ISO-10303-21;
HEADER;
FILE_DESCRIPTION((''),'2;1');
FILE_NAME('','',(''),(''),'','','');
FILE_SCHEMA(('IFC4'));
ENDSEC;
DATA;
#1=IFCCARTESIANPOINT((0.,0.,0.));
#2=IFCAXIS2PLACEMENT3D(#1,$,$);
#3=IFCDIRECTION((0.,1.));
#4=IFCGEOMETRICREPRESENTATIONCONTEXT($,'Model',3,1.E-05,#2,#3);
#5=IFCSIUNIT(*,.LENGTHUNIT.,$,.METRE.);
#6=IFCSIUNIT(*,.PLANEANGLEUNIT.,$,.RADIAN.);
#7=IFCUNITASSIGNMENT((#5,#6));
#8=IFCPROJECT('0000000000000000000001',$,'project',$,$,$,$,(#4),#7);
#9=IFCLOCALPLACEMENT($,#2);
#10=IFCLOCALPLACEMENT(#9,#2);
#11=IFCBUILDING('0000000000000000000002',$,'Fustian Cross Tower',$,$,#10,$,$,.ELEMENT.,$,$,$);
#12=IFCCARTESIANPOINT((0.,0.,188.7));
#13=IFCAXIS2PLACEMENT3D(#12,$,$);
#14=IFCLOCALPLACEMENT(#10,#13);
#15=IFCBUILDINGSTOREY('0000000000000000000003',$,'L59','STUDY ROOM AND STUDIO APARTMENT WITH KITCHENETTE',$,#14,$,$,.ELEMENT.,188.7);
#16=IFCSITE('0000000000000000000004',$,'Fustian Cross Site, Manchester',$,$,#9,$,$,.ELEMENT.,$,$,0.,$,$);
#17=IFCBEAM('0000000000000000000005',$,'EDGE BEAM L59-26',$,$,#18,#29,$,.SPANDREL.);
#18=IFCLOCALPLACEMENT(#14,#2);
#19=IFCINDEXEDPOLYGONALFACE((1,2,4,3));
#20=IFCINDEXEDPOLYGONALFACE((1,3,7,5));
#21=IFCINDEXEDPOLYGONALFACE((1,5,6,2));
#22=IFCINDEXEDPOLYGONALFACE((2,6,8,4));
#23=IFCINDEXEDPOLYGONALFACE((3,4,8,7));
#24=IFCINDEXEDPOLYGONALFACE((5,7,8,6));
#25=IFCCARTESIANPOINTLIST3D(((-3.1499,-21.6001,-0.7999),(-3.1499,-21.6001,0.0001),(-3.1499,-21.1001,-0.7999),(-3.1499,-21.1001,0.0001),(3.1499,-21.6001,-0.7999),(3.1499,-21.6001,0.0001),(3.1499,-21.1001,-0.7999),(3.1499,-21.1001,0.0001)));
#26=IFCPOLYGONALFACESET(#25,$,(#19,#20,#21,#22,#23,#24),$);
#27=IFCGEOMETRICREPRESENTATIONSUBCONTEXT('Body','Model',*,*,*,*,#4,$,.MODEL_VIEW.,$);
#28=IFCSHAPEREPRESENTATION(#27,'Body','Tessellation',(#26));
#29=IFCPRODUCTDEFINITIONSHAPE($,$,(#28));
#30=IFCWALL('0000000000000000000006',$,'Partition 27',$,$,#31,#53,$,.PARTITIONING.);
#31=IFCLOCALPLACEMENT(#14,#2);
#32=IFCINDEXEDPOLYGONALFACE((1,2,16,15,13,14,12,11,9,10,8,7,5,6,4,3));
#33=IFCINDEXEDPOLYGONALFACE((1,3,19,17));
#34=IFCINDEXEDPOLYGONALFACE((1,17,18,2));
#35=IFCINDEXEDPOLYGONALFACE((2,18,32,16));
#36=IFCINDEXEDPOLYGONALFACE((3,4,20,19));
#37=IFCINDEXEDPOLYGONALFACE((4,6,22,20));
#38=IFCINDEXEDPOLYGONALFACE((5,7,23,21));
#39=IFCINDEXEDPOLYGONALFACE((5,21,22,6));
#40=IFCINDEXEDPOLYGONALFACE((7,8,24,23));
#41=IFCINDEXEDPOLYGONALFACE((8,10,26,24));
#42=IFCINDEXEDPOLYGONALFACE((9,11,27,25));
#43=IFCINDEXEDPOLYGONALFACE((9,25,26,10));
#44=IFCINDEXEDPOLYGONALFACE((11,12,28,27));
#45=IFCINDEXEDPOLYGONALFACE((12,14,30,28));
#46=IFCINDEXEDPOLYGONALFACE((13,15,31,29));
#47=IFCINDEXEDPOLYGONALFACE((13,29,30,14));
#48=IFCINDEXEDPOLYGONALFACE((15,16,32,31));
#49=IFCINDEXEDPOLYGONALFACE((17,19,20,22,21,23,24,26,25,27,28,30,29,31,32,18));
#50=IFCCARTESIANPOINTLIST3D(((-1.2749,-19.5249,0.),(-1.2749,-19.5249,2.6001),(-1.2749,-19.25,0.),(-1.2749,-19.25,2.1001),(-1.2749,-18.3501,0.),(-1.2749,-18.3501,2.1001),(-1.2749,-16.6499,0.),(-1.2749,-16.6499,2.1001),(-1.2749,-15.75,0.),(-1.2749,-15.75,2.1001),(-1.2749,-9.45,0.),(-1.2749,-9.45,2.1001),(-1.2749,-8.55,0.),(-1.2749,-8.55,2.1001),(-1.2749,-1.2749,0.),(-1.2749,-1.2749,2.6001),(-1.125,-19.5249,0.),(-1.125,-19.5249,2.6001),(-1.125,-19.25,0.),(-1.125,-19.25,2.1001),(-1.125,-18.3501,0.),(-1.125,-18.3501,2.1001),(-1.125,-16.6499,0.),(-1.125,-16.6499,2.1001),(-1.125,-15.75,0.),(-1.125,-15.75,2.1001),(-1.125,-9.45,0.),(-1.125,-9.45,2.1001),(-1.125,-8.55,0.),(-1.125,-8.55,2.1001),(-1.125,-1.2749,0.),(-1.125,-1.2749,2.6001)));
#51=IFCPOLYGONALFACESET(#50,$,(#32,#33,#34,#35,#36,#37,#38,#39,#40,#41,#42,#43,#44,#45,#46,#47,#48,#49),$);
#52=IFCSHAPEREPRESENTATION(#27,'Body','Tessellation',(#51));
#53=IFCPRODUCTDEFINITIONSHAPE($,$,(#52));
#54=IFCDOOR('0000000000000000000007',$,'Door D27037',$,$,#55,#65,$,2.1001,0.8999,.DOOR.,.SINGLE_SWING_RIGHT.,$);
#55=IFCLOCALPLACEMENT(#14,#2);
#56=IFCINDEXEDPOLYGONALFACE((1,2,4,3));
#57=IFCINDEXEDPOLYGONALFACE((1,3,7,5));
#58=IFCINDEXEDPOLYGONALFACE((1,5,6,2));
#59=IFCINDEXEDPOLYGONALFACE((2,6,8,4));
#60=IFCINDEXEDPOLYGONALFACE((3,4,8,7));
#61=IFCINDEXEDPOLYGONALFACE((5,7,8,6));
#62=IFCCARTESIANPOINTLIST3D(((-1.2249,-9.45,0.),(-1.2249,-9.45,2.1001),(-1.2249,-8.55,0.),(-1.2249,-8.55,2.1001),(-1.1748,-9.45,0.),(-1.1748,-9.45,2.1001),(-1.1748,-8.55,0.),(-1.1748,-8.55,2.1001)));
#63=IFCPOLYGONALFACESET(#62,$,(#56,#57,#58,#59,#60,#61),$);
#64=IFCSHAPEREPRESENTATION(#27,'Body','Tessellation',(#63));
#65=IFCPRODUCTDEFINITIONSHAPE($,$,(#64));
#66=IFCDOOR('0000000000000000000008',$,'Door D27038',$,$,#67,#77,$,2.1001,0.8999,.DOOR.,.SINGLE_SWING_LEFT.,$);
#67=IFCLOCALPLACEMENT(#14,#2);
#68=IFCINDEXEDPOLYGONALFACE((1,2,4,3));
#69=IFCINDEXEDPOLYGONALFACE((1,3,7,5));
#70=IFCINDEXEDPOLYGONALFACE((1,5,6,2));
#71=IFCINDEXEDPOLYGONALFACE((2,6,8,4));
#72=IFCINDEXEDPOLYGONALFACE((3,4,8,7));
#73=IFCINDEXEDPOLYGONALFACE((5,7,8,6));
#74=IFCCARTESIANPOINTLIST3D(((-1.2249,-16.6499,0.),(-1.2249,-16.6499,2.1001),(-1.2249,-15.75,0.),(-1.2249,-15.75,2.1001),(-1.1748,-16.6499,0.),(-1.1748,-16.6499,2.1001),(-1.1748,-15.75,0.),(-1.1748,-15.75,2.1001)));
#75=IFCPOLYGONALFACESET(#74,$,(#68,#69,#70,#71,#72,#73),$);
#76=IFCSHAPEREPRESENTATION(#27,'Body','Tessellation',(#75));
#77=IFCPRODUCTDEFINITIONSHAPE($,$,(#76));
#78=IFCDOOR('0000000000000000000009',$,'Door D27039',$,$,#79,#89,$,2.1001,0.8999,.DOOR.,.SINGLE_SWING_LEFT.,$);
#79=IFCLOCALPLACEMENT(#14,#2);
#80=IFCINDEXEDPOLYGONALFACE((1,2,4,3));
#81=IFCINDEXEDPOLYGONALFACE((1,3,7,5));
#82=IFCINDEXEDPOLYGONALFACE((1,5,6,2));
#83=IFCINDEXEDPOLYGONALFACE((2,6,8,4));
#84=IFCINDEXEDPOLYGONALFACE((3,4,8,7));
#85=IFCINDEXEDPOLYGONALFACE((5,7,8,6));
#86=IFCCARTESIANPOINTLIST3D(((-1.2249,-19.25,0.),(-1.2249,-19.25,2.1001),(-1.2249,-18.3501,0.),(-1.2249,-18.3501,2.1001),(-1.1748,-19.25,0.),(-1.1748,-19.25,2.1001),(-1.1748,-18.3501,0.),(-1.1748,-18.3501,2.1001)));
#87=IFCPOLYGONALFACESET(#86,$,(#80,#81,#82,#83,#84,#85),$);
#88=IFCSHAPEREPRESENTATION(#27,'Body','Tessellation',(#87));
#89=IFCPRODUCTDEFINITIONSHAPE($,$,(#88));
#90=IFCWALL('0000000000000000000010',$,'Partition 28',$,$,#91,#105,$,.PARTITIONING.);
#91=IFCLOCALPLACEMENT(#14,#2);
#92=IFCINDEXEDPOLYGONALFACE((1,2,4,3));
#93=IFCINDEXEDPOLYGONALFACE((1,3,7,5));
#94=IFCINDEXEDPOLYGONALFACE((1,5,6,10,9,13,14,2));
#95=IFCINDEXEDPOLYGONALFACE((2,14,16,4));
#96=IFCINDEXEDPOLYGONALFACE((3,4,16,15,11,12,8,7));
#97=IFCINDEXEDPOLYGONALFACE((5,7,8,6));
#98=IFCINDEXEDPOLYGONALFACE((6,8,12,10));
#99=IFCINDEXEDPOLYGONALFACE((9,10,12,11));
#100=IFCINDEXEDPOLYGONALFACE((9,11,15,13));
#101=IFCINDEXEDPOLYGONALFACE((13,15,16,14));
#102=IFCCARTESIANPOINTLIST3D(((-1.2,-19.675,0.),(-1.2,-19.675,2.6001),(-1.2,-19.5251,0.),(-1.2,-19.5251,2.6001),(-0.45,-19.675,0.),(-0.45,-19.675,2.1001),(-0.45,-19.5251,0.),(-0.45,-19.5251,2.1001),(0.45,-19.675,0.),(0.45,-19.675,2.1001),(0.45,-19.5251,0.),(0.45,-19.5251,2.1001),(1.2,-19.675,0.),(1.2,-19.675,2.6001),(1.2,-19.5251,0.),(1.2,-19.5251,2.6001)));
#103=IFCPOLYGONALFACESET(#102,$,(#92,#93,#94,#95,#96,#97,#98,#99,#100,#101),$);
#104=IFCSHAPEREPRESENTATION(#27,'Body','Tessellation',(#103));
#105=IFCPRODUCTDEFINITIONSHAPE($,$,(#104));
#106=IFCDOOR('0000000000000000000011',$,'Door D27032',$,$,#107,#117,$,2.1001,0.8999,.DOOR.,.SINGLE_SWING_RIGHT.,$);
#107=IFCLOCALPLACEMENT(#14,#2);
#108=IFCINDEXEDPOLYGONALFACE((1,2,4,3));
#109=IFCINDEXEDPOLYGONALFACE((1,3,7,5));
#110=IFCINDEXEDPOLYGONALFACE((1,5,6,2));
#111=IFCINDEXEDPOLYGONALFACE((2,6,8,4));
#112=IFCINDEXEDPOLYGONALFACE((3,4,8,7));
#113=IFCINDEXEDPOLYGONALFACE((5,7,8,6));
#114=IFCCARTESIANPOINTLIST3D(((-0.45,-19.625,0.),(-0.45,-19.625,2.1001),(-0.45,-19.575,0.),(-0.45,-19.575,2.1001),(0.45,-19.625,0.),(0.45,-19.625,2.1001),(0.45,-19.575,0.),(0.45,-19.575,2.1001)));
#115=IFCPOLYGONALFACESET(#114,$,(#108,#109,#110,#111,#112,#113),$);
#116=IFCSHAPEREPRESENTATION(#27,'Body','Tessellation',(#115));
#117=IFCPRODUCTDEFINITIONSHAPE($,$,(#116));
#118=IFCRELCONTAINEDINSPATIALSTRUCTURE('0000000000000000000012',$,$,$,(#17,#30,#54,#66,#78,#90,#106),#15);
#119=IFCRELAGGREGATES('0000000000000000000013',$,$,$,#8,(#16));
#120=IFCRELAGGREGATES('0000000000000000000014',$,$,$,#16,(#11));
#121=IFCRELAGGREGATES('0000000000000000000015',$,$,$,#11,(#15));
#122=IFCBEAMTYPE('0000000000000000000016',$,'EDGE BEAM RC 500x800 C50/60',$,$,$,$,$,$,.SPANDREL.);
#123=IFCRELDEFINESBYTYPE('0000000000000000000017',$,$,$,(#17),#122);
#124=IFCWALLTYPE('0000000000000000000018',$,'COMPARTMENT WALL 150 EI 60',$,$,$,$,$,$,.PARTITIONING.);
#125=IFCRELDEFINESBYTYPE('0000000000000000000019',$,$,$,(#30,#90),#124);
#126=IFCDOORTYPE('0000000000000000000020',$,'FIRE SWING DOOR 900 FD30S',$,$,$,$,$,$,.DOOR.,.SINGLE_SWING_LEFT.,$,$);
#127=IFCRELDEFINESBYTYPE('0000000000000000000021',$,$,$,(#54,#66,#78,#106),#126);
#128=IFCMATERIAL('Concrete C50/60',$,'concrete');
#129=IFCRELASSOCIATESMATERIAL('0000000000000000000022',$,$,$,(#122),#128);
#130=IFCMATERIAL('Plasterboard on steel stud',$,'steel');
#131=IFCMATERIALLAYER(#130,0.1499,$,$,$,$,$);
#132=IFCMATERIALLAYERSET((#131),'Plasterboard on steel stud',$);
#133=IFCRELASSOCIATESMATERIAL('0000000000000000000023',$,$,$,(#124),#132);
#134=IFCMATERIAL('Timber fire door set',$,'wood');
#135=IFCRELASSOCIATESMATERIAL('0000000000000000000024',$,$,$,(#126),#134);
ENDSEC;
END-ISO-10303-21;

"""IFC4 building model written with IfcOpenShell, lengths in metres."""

from ifc_helpers import new_model, si_unit, direction, frame, frame_2d, origin, origin_2d, place, context, subcontext, project, spatial, rectangle, extrude, material, layer, layer_set, material_profile, profile_set, type_object, element, fill, save


model = new_model("IFC4")

# Units and contexts
model_context = context("Model", 3, precision=1e-05, world=origin(), true_north=direction((0.0, 1.0)))
body_context = subcontext(model_context, "Body", "Model", "MODEL_VIEW")
ifc_project = project(units=[si_unit("LENGTHUNIT", "METRE"), si_unit("PLANEANGLEUNIT", "RADIAN")], contexts=[model_context])

# Site, building, storey
site_placement = place(None, origin())
site = spatial("IfcSite", under=ifc_project, at=site_placement, Name="Fustian Cross Site, Manchester", CompositionType="ELEMENT", RefElevation=0.0)
building_placement = place(site_placement, origin())
building = spatial("IfcBuilding", under=site, at=building_placement, Name="Fustian Cross Tower", CompositionType="ELEMENT")
storey_placement = place(building_placement, frame((0.0, 0.0, 188.7)))
storey = spatial("IfcBuildingStorey", under=building, at=storey_placement, Name="L59", Description="STUDY ROOM AND STUDIO APARTMENT WITH KITCHENETTE", CompositionType="ELEMENT", Elevation=188.7)

# Beam
ifc_material_1 = material(Name="Concrete C50/60", Category="concrete")
ifc_material_profile = material_profile(ifc_material_1, rectangle(XDim=0.5, YDim=0.8, at=origin_2d()), Name="RC 500x800")
ifc_profile_set = profile_set([ifc_material_profile], Name="Concrete C50/60")
beam_type = type_object("IfcBeamType", Name="EDGE BEAM RC 500x800 C50/60", PredefinedType="SPANDREL", material=ifc_profile_set)
beam_placement = place(storey_placement, frame((-3.1499, -21.3501, -0.3999), z_axis=(1.0, 0.0, 0.0), x_axis=(0.0, 1.0, 0.0)))
element("IfcBeam", 1, at=beam_placement, inside=storey, type_object=beam_type, Name="EDGE BEAM L59-26", PredefinedType="SPANDREL", context=body_context, shape_type="SweptSolid", body=[
    extrude(rectangle(XDim=0.5, YDim=0.8, at=origin_2d()), origin(), (0.0, 0.0, 1.0), 6.2998),
])

# Wall, openings, doors
ifc_material_2 = material(Name="Plasterboard on steel stud", Category="steel")
ifc_layer_1 = layer(ifc_material_2, 0.1499)
ifc_layer_set_1 = layer_set([ifc_layer_1], Name="Plasterboard on steel stud")
wall_type_1 = type_object("IfcWallType", Name="COMPARTMENT WALL 150 EI 60", PredefinedType="PARTITIONING", material=ifc_layer_set_1)
wall_1_placement = place(storey_placement, frame((-1.2, -19.5249, 0.0), z_axis=(0.0, 0.0, 1.0), x_axis=(0.0, 1.0, 0.0)))
wall_1 = element("IfcWall", 2, at=wall_1_placement, inside=storey, type_object=wall_type_1, Name="Partition 27", PredefinedType="PARTITIONING", context=body_context, shape_type="SweptSolid", body=[
    extrude(rectangle(XDim=18.25, YDim=0.1499, at=frame_2d((9.125, 0.0))), origin(), (0.0, 0.0, 1.0), 2.6001),
])
opening_1_placement = place(wall_1_placement, frame((10.075, 0.0, 0.0)))
opening_1 = element("IfcOpeningElement", 3, at=opening_1_placement, cuts=wall_1, PredefinedType="OPENING", context=body_context, shape_type="SweptSolid", body=[
    extrude(rectangle(XDim=0.8999, YDim=2.1001, at=frame_2d((0.45, 1.05))), frame((0.0, 0.085, 0.0), z_axis=(0.0, -1.0, 0.0), x_axis=(1.0, 0.0, 0.0)), (0.0, 0.0, 1.0), 0.1699),
])
opening_2_placement = place(wall_1_placement, frame((2.875, 0.0, 0.0)))
opening_2 = element("IfcOpeningElement", 4, at=opening_2_placement, cuts=wall_1, PredefinedType="OPENING", context=body_context, shape_type="SweptSolid", body=[
    extrude(rectangle(XDim=0.8999, YDim=2.1001, at=frame_2d((0.45, 1.05))), frame((0.0, 0.085, 0.0), z_axis=(0.0, -1.0, 0.0), x_axis=(1.0, 0.0, 0.0)), (0.0, 0.0, 1.0), 0.1699),
])
opening_3_placement = place(wall_1_placement, frame((0.2749, 0.0, 0.0)))
opening_3 = element("IfcOpeningElement", 5, at=opening_3_placement, cuts=wall_1, PredefinedType="OPENING", context=body_context, shape_type="SweptSolid", body=[
    extrude(rectangle(XDim=0.8999, YDim=2.1001, at=frame_2d((0.45, 1.05))), frame((0.0, 0.085, 0.0), z_axis=(0.0, -1.0, 0.0), x_axis=(1.0, 0.0, 0.0)), (0.0, 0.0, 1.0), 0.1699),
])
ifc_material_3 = material(Name="Timber fire door set", Category="wood")
door_type_1 = type_object("IfcDoorType", Name="FIRE SWING DOOR 900 FD30S", OperationType="SINGLE_SWING_LEFT", PredefinedType="DOOR", material=ifc_material_3)
door_1_placement = place(opening_1_placement, origin())
door_1 = element("IfcDoor", 6, at=door_1_placement, inside=storey, type_object=door_type_1, Name="Door D27037", OperationType="SINGLE_SWING_RIGHT", OverallHeight=2.1001, OverallWidth=0.8999, PredefinedType="DOOR", context=body_context, shape_type="SweptSolid", body=[
    extrude(rectangle(XDim=0.8999, YDim=2.1001, at=frame_2d((0.45, 1.05))), frame((0.0, 0.0249, 0.0), z_axis=(0.0, -1.0, 0.0), x_axis=(1.0, 0.0, 0.0)), (0.0, 0.0, 1.0), 0.05),
])
fill(opening_1, door_1)
door_2_placement = place(opening_2_placement, origin())
door_2 = element("IfcDoor", 7, at=door_2_placement, inside=storey, type_object=door_type_1, Name="Door D27038", OperationType="SINGLE_SWING_LEFT", OverallHeight=2.1001, OverallWidth=0.8999, PredefinedType="DOOR", context=body_context, shape_type="SweptSolid", body=[
    extrude(rectangle(XDim=0.8999, YDim=2.1001, at=frame_2d((0.45, 1.05))), frame((0.0, 0.0249, 0.0), z_axis=(0.0, -1.0, 0.0), x_axis=(1.0, 0.0, 0.0)), (0.0, 0.0, 1.0), 0.05),
])
fill(opening_2, door_2)
door_3_placement = place(opening_3_placement, origin())
door_3 = element("IfcDoor", 8, at=door_3_placement, inside=storey, type_object=door_type_1, Name="Door D27039", OperationType="SINGLE_SWING_LEFT", OverallHeight=2.1001, OverallWidth=0.8999, PredefinedType="DOOR", context=body_context, shape_type="SweptSolid", body=[
    extrude(rectangle(XDim=0.8999, YDim=2.1001, at=frame_2d((0.45, 1.05))), frame((0.0, 0.0249, 0.0), z_axis=(0.0, -1.0, 0.0), x_axis=(1.0, 0.0, 0.0)), (0.0, 0.0, 1.0), 0.05),
])
fill(opening_3, door_3)

# Wall, opening, door
wall_2_placement = place(storey_placement, frame((-1.2, -19.6001, 0.0), z_axis=(0.0, 0.0, 1.0), x_axis=(1.0, 0.0, 0.0)))
wall_2 = element("IfcWall", 9, at=wall_2_placement, inside=storey, type_object=wall_type_1, Name="Partition 28", PredefinedType="PARTITIONING", context=body_context, shape_type="SweptSolid", body=[
    extrude(rectangle(XDim=2.3999, YDim=0.1499, at=frame_2d((1.2, 0.0))), origin(), (0.0, 0.0, 1.0), 2.6001),
])
opening_4_placement = place(wall_2_placement, frame((0.75, 0.0, 0.0)))
opening_4 = element("IfcOpeningElement", 10, at=opening_4_placement, cuts=wall_2, PredefinedType="OPENING", context=body_context, shape_type="SweptSolid", body=[
    extrude(rectangle(XDim=0.8999, YDim=2.1001, at=frame_2d((0.45, 1.05))), frame((0.0, 0.085, 0.0), z_axis=(0.0, -1.0, 0.0), x_axis=(1.0, 0.0, 0.0)), (0.0, 0.0, 1.0), 0.1699),
])
door_4_placement = place(opening_4_placement, frame((0.8999, 0.0, 0.0), z_axis=(0.0, 0.0, 1.0), x_axis=(-1.0, 0.0, 0.0)))
door_4 = element("IfcDoor", 11, at=door_4_placement, inside=storey, type_object=door_type_1, Name="Door D27032", OperationType="SINGLE_SWING_RIGHT", OverallHeight=2.1001, OverallWidth=0.8999, PredefinedType="DOOR", context=body_context, shape_type="SweptSolid", body=[
    extrude(rectangle(XDim=0.8999, YDim=2.1001, at=frame_2d((0.45, 1.05))), frame((0.0, 0.0249, 0.0), z_axis=(0.0, -1.0, 0.0), x_axis=(1.0, 0.0, 0.0)), (0.0, 0.0, 1.0), 0.05),
])
fill(opening_4, door_4)

save(model, "model.ifc")
